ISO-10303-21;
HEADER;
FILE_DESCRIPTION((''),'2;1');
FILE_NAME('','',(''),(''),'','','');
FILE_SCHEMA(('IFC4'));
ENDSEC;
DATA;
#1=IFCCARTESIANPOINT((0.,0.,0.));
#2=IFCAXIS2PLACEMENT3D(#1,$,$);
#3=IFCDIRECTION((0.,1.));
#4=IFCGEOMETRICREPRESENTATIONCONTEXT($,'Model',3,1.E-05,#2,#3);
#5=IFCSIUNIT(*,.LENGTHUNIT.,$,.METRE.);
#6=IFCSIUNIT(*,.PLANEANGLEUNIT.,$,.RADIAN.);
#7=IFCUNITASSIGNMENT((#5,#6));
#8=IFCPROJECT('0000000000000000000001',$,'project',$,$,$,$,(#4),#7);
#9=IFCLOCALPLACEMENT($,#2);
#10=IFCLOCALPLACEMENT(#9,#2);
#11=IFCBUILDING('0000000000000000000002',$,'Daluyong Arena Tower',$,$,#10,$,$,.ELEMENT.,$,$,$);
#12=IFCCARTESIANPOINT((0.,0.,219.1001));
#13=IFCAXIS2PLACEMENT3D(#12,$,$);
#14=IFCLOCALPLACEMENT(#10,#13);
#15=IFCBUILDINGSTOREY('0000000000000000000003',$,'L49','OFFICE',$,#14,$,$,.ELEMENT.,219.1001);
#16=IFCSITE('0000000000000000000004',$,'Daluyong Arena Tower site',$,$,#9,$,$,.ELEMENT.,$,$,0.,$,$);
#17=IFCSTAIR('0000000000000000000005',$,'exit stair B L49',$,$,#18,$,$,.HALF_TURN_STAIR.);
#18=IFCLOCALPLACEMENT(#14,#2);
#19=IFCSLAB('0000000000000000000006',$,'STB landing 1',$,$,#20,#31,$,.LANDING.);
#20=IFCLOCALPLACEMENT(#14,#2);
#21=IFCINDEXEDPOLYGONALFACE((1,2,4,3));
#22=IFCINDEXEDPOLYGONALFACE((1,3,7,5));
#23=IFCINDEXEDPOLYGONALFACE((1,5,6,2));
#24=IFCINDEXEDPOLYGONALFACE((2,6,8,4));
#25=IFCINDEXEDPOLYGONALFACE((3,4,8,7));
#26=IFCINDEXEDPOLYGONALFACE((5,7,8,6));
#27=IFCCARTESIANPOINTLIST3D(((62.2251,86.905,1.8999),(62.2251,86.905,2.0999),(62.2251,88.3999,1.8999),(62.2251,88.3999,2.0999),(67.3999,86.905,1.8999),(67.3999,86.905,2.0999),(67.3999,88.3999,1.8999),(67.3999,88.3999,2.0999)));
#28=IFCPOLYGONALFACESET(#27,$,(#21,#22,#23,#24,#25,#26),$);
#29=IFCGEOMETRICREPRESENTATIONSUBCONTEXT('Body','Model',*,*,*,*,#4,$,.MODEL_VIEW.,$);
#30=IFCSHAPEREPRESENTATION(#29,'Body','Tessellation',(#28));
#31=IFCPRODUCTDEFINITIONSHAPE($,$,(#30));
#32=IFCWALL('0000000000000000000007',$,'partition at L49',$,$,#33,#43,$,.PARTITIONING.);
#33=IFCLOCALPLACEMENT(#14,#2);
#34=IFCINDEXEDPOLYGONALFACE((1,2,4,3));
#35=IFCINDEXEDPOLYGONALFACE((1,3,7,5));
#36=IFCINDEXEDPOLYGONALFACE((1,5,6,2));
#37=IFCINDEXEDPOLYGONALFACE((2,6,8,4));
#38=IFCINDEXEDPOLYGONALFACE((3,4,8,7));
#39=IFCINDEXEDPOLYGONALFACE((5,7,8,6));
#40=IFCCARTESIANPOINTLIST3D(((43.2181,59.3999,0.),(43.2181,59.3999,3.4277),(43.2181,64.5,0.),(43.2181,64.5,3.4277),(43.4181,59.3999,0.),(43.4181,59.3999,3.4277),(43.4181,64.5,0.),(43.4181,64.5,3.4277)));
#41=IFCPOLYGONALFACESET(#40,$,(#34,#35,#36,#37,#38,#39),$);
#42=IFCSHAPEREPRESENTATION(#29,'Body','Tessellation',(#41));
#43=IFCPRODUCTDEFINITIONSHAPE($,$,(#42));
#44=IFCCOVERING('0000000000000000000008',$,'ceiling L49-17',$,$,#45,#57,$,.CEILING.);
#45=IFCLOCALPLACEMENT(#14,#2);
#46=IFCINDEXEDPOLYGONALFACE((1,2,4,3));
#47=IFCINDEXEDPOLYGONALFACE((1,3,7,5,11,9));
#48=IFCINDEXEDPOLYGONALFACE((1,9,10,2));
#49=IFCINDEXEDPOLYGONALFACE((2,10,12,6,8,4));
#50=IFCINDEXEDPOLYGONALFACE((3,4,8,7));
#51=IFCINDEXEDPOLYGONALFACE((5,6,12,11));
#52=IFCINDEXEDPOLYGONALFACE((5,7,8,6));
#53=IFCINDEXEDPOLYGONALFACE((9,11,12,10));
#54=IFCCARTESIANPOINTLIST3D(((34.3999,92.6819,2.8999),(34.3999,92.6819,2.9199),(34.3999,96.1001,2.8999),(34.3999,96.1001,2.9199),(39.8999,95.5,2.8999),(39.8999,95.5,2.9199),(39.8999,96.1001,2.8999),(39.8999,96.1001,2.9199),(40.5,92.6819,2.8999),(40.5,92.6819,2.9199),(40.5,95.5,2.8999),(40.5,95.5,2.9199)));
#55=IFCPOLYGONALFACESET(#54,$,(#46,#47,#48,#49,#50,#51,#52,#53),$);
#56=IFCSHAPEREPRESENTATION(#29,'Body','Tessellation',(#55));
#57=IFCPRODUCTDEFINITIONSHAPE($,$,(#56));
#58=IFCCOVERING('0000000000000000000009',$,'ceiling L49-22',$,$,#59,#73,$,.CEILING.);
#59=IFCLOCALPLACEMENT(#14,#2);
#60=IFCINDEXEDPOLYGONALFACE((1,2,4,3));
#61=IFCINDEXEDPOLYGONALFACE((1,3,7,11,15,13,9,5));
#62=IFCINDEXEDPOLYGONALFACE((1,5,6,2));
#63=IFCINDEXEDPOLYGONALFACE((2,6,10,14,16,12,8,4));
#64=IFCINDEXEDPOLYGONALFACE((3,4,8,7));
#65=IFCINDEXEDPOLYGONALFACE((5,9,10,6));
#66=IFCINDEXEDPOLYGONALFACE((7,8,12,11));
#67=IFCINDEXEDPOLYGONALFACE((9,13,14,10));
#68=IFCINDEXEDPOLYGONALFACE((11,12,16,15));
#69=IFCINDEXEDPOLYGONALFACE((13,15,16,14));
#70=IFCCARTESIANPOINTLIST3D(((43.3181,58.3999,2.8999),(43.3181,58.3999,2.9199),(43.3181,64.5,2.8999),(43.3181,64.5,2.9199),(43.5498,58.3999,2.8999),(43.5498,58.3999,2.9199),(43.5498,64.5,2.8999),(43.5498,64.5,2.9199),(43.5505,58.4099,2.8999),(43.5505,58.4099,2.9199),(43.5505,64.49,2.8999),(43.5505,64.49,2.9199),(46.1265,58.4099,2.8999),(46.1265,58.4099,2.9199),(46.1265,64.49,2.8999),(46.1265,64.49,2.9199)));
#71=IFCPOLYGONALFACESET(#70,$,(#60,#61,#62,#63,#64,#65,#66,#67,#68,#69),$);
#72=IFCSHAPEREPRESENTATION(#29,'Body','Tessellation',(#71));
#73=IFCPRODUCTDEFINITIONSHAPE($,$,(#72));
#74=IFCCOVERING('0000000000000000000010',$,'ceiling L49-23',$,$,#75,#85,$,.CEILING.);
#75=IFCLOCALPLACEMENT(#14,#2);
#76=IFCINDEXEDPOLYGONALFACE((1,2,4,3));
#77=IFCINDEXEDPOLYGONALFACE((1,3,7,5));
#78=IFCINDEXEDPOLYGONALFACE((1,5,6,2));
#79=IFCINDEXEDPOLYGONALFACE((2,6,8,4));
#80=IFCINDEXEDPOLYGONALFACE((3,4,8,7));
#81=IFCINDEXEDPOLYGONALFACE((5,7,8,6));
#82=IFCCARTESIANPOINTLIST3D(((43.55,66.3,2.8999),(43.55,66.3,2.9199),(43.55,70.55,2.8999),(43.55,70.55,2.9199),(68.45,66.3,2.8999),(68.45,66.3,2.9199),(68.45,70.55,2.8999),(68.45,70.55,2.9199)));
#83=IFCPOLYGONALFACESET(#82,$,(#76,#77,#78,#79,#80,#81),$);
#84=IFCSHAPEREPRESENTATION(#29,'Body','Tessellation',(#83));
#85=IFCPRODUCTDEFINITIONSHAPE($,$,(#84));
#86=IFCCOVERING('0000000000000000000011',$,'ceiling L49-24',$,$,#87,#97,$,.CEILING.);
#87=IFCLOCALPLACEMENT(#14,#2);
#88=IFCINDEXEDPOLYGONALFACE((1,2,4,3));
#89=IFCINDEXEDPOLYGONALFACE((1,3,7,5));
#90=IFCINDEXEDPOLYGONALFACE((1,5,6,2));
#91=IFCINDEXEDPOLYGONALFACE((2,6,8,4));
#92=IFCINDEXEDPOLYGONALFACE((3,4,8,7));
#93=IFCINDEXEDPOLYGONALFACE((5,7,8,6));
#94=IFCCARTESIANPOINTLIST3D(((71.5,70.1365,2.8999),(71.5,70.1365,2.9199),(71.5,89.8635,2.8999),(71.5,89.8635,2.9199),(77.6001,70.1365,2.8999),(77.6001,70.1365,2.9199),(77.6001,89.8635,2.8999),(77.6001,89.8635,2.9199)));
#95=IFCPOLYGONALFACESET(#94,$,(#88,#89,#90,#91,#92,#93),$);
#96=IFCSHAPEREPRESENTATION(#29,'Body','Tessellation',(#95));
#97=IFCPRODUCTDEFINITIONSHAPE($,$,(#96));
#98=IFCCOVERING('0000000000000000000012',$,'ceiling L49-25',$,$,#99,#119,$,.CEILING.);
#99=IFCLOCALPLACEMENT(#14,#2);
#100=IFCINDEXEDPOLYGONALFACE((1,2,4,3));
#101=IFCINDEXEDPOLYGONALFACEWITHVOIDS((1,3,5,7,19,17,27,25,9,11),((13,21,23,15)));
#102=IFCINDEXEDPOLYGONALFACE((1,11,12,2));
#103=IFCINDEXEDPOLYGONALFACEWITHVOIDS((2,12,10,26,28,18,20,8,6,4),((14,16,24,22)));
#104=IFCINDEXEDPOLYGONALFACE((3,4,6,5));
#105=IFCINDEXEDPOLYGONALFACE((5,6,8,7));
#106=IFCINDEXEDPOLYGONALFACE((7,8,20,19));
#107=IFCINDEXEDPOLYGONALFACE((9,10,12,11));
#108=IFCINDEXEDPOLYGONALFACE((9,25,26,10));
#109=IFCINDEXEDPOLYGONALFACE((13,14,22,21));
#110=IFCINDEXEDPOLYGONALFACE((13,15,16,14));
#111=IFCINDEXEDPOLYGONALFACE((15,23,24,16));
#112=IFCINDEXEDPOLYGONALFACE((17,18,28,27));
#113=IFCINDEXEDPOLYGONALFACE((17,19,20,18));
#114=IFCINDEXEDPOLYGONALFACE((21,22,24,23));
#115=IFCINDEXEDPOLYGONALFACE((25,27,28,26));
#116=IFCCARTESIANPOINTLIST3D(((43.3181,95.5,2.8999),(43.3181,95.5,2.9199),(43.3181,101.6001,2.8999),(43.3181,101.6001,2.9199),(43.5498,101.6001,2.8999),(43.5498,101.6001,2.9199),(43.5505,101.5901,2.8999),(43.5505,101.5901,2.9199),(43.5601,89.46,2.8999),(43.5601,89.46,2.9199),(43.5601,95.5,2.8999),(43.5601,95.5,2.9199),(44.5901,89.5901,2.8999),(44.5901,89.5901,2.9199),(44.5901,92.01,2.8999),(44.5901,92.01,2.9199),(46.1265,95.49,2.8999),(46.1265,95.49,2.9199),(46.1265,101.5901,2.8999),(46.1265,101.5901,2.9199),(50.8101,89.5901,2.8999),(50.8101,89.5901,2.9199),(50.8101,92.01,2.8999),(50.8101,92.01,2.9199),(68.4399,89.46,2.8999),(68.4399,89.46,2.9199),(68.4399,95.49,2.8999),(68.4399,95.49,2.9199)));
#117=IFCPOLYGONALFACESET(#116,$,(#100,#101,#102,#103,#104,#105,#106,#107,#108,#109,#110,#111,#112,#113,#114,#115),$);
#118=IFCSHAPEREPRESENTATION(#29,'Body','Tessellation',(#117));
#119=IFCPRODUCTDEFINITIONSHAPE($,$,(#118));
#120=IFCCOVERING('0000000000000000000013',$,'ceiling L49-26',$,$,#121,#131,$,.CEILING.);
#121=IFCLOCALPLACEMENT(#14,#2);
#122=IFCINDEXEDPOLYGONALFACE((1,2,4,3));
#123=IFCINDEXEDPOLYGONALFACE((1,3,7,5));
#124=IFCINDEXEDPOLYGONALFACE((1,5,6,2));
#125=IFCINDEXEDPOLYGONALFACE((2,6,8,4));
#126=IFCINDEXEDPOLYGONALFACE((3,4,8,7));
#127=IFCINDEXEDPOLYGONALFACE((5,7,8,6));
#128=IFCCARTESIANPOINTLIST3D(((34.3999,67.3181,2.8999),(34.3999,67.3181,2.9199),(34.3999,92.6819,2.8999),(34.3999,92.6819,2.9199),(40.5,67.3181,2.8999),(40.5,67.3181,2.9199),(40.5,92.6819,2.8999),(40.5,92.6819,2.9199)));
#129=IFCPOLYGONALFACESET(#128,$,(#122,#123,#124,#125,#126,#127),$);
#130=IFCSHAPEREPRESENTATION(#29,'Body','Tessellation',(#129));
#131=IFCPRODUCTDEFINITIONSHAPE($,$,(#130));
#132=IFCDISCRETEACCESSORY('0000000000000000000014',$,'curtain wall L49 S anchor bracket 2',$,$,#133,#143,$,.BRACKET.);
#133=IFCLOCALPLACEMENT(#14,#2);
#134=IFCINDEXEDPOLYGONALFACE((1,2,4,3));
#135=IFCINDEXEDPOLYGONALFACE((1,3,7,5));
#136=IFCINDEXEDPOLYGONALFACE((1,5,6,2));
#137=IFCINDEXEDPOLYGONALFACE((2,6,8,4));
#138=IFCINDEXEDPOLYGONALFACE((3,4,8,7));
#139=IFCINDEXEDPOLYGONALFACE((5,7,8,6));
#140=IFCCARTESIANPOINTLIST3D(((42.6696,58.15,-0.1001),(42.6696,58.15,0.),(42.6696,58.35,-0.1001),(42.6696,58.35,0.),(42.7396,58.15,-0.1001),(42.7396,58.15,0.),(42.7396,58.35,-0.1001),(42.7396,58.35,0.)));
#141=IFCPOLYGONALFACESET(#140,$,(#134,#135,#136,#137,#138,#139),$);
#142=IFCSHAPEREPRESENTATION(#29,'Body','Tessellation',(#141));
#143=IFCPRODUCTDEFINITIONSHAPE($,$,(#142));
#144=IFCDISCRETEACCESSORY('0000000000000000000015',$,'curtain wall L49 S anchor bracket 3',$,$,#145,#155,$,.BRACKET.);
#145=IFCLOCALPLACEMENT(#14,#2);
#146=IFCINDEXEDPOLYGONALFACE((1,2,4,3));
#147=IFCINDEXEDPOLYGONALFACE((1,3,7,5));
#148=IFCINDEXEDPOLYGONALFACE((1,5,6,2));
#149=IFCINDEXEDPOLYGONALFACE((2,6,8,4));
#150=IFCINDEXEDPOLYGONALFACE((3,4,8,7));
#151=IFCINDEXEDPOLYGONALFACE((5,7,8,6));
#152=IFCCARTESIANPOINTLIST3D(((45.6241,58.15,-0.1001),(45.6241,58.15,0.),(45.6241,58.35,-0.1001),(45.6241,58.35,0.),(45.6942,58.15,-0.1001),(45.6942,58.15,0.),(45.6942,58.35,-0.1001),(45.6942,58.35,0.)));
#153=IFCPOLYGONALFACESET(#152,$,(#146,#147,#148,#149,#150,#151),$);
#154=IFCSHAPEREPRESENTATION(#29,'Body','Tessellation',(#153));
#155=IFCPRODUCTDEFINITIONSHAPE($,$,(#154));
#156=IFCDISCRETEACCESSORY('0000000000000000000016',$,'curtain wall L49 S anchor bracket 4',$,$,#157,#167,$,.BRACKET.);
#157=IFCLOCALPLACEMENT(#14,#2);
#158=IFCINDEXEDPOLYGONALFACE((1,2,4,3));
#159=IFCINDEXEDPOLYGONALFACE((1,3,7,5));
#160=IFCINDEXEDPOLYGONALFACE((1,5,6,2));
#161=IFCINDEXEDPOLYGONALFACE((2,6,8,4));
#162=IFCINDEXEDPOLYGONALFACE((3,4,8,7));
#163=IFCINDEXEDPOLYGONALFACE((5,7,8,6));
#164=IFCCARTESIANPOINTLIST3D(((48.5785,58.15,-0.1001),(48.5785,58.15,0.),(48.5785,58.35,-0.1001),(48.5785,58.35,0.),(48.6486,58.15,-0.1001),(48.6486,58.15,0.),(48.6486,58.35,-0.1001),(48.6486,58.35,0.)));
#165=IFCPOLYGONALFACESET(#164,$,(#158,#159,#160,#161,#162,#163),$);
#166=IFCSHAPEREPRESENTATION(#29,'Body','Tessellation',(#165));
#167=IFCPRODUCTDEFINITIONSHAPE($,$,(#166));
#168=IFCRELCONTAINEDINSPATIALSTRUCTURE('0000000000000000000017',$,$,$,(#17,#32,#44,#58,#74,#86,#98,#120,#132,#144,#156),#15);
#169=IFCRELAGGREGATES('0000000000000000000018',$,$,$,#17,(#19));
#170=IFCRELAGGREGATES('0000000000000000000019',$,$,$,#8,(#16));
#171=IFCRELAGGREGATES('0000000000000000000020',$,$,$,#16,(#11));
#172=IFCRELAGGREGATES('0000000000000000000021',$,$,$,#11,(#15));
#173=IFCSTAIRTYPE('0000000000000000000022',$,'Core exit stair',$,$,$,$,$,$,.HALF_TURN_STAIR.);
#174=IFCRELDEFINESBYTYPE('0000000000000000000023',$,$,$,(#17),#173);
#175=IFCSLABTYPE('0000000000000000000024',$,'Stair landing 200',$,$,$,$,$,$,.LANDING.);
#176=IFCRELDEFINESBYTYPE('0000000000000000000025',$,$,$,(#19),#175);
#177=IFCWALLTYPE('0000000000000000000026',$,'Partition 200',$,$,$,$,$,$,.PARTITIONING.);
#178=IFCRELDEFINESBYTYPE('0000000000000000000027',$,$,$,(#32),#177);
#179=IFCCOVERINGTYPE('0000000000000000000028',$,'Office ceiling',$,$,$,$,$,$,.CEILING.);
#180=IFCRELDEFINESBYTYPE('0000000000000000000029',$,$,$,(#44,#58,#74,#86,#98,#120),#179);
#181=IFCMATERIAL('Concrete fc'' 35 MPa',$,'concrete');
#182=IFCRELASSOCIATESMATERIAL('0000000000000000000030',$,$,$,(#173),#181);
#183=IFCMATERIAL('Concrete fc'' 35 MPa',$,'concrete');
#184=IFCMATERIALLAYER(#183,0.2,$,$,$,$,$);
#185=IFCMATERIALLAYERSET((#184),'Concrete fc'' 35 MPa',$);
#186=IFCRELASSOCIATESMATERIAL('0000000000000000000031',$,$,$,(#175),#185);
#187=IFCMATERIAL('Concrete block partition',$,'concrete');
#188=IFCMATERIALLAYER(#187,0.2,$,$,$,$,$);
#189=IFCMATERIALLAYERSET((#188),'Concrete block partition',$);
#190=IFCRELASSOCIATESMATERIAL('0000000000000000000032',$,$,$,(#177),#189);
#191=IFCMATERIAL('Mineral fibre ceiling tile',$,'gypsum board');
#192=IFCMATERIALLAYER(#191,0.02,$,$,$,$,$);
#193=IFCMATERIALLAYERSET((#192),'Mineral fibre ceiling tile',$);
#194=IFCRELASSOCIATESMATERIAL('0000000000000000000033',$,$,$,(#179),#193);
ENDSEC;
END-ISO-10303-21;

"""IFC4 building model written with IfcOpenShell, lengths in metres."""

from ifc_helpers import new_model, si_unit, direction, frame, frame_2d, origin, origin_2d, place, context, subcontext, project, spatial, polyline, rectangle, outline, extrude, material, layer, layer_set, type_object, element, aggregate, save


model = new_model("IFC4")

# Units and contexts
model_context = context("Model", 3, precision=1e-05, world=origin(), true_north=direction((0.0, 1.0)))
body_context = subcontext(model_context, "Body", "Model", "MODEL_VIEW")
ifc_project = project(units=[si_unit("LENGTHUNIT", "METRE"), si_unit("PLANEANGLEUNIT", "RADIAN")], contexts=[model_context])

# Site, building, storey
site_placement = place(None, origin())
site = spatial("IfcSite", under=ifc_project, at=site_placement, Name="Daluyong Arena Tower site", CompositionType="ELEMENT", RefElevation=0.0)
building_placement = place(site_placement, origin())
building = spatial("IfcBuilding", under=site, at=building_placement, Name="Daluyong Arena Tower", CompositionType="ELEMENT")
storey_placement = place(building_placement, frame((0.0, 0.0, 219.1001)))
storey = spatial("IfcBuildingStorey", under=building, at=storey_placement, Name="L49", Description="OFFICE", CompositionType="ELEMENT", Elevation=219.1001)

# Stair, slab
ifc_material_1 = material(Name="Concrete fc' 35 MPa", Category="concrete")
stair_type = type_object("IfcStairType", Name="Core exit stair", PredefinedType="HALF_TURN_STAIR", material=ifc_material_1)
ifc_material_2 = material(Name="Concrete fc' 35 MPa", Category="concrete")
ifc_layer_1 = layer(ifc_material_2, 0.2)
ifc_layer_set_1 = layer_set([ifc_layer_1], Name="Concrete fc' 35 MPa")
slab_type = type_object("IfcSlabType", Name="Stair landing 200", PredefinedType="LANDING", material=ifc_layer_set_1)
stair_1_placement = place(storey_placement, origin())
stair_1 = element("IfcStair", 1, at=stair_1_placement, inside=storey, type_object=stair_type, Name="exit stair B L49", PredefinedType="HALF_TURN_STAIR")
slab_1_placement = place(storey_placement, frame((0.0, 0.0, 1.8999)))
slab_1 = element("IfcSlab", 2, at=slab_1_placement, type_object=slab_type, Name="STB landing 1", PredefinedType="LANDING", context=body_context, shape_type="SweptSolid", body=[
    extrude(outline(polyline([(62.2251, 86.905), (67.3999, 86.905), (67.3999, 88.3999), (62.2251, 88.3999), (62.2251, 86.905)])), origin(), (0.0, 0.0, 1.0), 0.2),
])
aggregate(stair_1, [slab_1])

# Wall
ifc_material_3 = material(Name="Concrete block partition", Category="concrete")
ifc_layer_2 = layer(ifc_material_3, 0.2)
ifc_layer_set_2 = layer_set([ifc_layer_2], Name="Concrete block partition")
wall_type = type_object("IfcWallType", Name="Partition 200", PredefinedType="PARTITIONING", material=ifc_layer_set_2)
wall_placement = place(storey_placement, frame((43.3181, 59.3999, 0.0), z_axis=(0.0, 0.0, 1.0), x_axis=(0.0, 1.0, 0.0)))
element("IfcWall", 3, at=wall_placement, inside=storey, type_object=wall_type, Name="partition at L49", PredefinedType="PARTITIONING", context=body_context, shape_type="SweptSolid", body=[
    extrude(rectangle(XDim=5.1001, YDim=0.2, at=frame_2d((2.55, 0.0))), origin(), (0.0, 0.0, 1.0), 3.4277),
])

# Coverings
ifc_material_4 = material(Name="Mineral fibre ceiling tile", Category="gypsum board")
ifc_layer_3 = layer(ifc_material_4, 0.02)
ifc_layer_set_3 = layer_set([ifc_layer_3], Name="Mineral fibre ceiling tile")
covering_type = type_object("IfcCoveringType", Name="Office ceiling", PredefinedType="CEILING", material=ifc_layer_set_3)
covering_1_placement = place(storey_placement, frame((0.0, 0.0, 2.8999)))
element("IfcCovering", 4, at=covering_1_placement, inside=storey, type_object=covering_type, Name="ceiling L49-17", PredefinedType="CEILING", context=body_context, shape_type="SweptSolid", body=[
    extrude(outline(polyline([(40.5, 92.6819), (40.5, 95.5), (39.8999, 95.5), (39.8999, 96.1001), (34.3999, 96.1001), (34.3999, 92.6819), (40.5, 92.6819)])), origin(), (0.0, 0.0, 1.0), 0.02),
])
covering_2_placement = place(storey_placement, frame((0.0, 0.0, 2.8999)))
element("IfcCovering", 5, at=covering_2_placement, inside=storey, type_object=covering_type, Name="ceiling L49-22", PredefinedType="CEILING", context=body_context, shape_type="SweptSolid", body=[
    extrude(outline(polyline([(43.3181, 58.3999), (43.5498, 58.3999), (43.5505, 58.4099), (46.1265, 58.4099), (46.1265, 64.49), (43.5505, 64.49), (43.5498, 64.5), (43.3181, 64.5), (43.3181, 58.3999)])), origin(), (0.0, 0.0, 1.0), 0.02),
])
covering_3_placement = place(storey_placement, frame((0.0, 0.0, 2.8999)))
element("IfcCovering", 6, at=covering_3_placement, inside=storey, type_object=covering_type, Name="ceiling L49-23", PredefinedType="CEILING", context=body_context, shape_type="SweptSolid", body=[
    extrude(outline(polyline([(68.45, 70.55), (43.55, 70.55), (43.55, 66.3), (68.45, 66.3), (68.45, 70.55)])), origin(), (0.0, 0.0, 1.0), 0.02),
])
covering_4_placement = place(storey_placement, frame((0.0, 0.0, 2.8999)))
element("IfcCovering", 7, at=covering_4_placement, inside=storey, type_object=covering_type, Name="ceiling L49-24", PredefinedType="CEILING", context=body_context, shape_type="SweptSolid", body=[
    extrude(outline(polyline([(71.5, 70.1365), (77.6001, 70.1365), (77.6001, 89.8635), (71.5, 89.8635), (71.5, 70.1365)])), origin(), (0.0, 0.0, 1.0), 0.02),
])
covering_5_placement = place(storey_placement, frame((0.0, 0.0, 2.8999)))
element("IfcCovering", 8, at=covering_5_placement, inside=storey, type_object=covering_type, Name="ceiling L49-25", PredefinedType="CEILING", context=body_context, shape_type="SweptSolid", body=[
    extrude(outline(polyline([(43.3181, 95.5), (43.5601, 95.5), (43.5601, 89.46), (68.4399, 89.46), (68.4399, 95.49), (46.1265, 95.49), (46.1265, 101.5901), (43.5505, 101.5901), (43.5498, 101.6001), (43.3181, 101.6001), (43.3181, 95.5)]), holes=[polyline([(50.8101, 92.01), (50.8101, 89.5901), (44.5901, 89.5901), (44.5901, 92.01), (50.8101, 92.01)])]), origin(), (0.0, 0.0, 1.0), 0.02),
])
covering_6_placement = place(storey_placement, frame((0.0, 0.0, 2.8999)))
element("IfcCovering", 9, at=covering_6_placement, inside=storey, type_object=covering_type, Name="ceiling L49-26", PredefinedType="CEILING", context=body_context, shape_type="SweptSolid", body=[
    extrude(outline(polyline([(34.3999, 92.6819), (34.3999, 67.3181), (40.5, 67.3181), (40.5, 92.6819), (34.3999, 92.6819)])), origin(), (0.0, 0.0, 1.0), 0.02),
])

# Discrete accessories
for number, where, z_axis, x_axis, name in (
    (10, (42.7046, 58.25, -0.1001), (0.0, 0.0, 1.0), (1.0, 0.0, 0.0), "curtain wall L49 S anchor bracket 2"),
    (11, (45.6592, 58.25, -0.1001), (0.0, 0.0, 1.0), (1.0, 0.0, 0.0), "curtain wall L49 S anchor bracket 3"),
    (12, (48.6135, 58.25, -0.1001), (0.0, 0.0, 1.0), (1.0, 0.0, 0.0), "curtain wall L49 S anchor bracket 4"),
):
    element("IfcDiscreteAccessory", number, at=place(storey_placement, frame(where, z_axis=z_axis, x_axis=x_axis)), inside=storey, Name=name, PredefinedType="BRACKET", context=body_context, shape_type="SweptSolid", body=[
        extrude(rectangle(XDim=0.0701, YDim=0.2, at=origin_2d()), origin(), (0.0, 0.0, 1.0), 0.1001),
    ])

save(model, "model.ifc")
